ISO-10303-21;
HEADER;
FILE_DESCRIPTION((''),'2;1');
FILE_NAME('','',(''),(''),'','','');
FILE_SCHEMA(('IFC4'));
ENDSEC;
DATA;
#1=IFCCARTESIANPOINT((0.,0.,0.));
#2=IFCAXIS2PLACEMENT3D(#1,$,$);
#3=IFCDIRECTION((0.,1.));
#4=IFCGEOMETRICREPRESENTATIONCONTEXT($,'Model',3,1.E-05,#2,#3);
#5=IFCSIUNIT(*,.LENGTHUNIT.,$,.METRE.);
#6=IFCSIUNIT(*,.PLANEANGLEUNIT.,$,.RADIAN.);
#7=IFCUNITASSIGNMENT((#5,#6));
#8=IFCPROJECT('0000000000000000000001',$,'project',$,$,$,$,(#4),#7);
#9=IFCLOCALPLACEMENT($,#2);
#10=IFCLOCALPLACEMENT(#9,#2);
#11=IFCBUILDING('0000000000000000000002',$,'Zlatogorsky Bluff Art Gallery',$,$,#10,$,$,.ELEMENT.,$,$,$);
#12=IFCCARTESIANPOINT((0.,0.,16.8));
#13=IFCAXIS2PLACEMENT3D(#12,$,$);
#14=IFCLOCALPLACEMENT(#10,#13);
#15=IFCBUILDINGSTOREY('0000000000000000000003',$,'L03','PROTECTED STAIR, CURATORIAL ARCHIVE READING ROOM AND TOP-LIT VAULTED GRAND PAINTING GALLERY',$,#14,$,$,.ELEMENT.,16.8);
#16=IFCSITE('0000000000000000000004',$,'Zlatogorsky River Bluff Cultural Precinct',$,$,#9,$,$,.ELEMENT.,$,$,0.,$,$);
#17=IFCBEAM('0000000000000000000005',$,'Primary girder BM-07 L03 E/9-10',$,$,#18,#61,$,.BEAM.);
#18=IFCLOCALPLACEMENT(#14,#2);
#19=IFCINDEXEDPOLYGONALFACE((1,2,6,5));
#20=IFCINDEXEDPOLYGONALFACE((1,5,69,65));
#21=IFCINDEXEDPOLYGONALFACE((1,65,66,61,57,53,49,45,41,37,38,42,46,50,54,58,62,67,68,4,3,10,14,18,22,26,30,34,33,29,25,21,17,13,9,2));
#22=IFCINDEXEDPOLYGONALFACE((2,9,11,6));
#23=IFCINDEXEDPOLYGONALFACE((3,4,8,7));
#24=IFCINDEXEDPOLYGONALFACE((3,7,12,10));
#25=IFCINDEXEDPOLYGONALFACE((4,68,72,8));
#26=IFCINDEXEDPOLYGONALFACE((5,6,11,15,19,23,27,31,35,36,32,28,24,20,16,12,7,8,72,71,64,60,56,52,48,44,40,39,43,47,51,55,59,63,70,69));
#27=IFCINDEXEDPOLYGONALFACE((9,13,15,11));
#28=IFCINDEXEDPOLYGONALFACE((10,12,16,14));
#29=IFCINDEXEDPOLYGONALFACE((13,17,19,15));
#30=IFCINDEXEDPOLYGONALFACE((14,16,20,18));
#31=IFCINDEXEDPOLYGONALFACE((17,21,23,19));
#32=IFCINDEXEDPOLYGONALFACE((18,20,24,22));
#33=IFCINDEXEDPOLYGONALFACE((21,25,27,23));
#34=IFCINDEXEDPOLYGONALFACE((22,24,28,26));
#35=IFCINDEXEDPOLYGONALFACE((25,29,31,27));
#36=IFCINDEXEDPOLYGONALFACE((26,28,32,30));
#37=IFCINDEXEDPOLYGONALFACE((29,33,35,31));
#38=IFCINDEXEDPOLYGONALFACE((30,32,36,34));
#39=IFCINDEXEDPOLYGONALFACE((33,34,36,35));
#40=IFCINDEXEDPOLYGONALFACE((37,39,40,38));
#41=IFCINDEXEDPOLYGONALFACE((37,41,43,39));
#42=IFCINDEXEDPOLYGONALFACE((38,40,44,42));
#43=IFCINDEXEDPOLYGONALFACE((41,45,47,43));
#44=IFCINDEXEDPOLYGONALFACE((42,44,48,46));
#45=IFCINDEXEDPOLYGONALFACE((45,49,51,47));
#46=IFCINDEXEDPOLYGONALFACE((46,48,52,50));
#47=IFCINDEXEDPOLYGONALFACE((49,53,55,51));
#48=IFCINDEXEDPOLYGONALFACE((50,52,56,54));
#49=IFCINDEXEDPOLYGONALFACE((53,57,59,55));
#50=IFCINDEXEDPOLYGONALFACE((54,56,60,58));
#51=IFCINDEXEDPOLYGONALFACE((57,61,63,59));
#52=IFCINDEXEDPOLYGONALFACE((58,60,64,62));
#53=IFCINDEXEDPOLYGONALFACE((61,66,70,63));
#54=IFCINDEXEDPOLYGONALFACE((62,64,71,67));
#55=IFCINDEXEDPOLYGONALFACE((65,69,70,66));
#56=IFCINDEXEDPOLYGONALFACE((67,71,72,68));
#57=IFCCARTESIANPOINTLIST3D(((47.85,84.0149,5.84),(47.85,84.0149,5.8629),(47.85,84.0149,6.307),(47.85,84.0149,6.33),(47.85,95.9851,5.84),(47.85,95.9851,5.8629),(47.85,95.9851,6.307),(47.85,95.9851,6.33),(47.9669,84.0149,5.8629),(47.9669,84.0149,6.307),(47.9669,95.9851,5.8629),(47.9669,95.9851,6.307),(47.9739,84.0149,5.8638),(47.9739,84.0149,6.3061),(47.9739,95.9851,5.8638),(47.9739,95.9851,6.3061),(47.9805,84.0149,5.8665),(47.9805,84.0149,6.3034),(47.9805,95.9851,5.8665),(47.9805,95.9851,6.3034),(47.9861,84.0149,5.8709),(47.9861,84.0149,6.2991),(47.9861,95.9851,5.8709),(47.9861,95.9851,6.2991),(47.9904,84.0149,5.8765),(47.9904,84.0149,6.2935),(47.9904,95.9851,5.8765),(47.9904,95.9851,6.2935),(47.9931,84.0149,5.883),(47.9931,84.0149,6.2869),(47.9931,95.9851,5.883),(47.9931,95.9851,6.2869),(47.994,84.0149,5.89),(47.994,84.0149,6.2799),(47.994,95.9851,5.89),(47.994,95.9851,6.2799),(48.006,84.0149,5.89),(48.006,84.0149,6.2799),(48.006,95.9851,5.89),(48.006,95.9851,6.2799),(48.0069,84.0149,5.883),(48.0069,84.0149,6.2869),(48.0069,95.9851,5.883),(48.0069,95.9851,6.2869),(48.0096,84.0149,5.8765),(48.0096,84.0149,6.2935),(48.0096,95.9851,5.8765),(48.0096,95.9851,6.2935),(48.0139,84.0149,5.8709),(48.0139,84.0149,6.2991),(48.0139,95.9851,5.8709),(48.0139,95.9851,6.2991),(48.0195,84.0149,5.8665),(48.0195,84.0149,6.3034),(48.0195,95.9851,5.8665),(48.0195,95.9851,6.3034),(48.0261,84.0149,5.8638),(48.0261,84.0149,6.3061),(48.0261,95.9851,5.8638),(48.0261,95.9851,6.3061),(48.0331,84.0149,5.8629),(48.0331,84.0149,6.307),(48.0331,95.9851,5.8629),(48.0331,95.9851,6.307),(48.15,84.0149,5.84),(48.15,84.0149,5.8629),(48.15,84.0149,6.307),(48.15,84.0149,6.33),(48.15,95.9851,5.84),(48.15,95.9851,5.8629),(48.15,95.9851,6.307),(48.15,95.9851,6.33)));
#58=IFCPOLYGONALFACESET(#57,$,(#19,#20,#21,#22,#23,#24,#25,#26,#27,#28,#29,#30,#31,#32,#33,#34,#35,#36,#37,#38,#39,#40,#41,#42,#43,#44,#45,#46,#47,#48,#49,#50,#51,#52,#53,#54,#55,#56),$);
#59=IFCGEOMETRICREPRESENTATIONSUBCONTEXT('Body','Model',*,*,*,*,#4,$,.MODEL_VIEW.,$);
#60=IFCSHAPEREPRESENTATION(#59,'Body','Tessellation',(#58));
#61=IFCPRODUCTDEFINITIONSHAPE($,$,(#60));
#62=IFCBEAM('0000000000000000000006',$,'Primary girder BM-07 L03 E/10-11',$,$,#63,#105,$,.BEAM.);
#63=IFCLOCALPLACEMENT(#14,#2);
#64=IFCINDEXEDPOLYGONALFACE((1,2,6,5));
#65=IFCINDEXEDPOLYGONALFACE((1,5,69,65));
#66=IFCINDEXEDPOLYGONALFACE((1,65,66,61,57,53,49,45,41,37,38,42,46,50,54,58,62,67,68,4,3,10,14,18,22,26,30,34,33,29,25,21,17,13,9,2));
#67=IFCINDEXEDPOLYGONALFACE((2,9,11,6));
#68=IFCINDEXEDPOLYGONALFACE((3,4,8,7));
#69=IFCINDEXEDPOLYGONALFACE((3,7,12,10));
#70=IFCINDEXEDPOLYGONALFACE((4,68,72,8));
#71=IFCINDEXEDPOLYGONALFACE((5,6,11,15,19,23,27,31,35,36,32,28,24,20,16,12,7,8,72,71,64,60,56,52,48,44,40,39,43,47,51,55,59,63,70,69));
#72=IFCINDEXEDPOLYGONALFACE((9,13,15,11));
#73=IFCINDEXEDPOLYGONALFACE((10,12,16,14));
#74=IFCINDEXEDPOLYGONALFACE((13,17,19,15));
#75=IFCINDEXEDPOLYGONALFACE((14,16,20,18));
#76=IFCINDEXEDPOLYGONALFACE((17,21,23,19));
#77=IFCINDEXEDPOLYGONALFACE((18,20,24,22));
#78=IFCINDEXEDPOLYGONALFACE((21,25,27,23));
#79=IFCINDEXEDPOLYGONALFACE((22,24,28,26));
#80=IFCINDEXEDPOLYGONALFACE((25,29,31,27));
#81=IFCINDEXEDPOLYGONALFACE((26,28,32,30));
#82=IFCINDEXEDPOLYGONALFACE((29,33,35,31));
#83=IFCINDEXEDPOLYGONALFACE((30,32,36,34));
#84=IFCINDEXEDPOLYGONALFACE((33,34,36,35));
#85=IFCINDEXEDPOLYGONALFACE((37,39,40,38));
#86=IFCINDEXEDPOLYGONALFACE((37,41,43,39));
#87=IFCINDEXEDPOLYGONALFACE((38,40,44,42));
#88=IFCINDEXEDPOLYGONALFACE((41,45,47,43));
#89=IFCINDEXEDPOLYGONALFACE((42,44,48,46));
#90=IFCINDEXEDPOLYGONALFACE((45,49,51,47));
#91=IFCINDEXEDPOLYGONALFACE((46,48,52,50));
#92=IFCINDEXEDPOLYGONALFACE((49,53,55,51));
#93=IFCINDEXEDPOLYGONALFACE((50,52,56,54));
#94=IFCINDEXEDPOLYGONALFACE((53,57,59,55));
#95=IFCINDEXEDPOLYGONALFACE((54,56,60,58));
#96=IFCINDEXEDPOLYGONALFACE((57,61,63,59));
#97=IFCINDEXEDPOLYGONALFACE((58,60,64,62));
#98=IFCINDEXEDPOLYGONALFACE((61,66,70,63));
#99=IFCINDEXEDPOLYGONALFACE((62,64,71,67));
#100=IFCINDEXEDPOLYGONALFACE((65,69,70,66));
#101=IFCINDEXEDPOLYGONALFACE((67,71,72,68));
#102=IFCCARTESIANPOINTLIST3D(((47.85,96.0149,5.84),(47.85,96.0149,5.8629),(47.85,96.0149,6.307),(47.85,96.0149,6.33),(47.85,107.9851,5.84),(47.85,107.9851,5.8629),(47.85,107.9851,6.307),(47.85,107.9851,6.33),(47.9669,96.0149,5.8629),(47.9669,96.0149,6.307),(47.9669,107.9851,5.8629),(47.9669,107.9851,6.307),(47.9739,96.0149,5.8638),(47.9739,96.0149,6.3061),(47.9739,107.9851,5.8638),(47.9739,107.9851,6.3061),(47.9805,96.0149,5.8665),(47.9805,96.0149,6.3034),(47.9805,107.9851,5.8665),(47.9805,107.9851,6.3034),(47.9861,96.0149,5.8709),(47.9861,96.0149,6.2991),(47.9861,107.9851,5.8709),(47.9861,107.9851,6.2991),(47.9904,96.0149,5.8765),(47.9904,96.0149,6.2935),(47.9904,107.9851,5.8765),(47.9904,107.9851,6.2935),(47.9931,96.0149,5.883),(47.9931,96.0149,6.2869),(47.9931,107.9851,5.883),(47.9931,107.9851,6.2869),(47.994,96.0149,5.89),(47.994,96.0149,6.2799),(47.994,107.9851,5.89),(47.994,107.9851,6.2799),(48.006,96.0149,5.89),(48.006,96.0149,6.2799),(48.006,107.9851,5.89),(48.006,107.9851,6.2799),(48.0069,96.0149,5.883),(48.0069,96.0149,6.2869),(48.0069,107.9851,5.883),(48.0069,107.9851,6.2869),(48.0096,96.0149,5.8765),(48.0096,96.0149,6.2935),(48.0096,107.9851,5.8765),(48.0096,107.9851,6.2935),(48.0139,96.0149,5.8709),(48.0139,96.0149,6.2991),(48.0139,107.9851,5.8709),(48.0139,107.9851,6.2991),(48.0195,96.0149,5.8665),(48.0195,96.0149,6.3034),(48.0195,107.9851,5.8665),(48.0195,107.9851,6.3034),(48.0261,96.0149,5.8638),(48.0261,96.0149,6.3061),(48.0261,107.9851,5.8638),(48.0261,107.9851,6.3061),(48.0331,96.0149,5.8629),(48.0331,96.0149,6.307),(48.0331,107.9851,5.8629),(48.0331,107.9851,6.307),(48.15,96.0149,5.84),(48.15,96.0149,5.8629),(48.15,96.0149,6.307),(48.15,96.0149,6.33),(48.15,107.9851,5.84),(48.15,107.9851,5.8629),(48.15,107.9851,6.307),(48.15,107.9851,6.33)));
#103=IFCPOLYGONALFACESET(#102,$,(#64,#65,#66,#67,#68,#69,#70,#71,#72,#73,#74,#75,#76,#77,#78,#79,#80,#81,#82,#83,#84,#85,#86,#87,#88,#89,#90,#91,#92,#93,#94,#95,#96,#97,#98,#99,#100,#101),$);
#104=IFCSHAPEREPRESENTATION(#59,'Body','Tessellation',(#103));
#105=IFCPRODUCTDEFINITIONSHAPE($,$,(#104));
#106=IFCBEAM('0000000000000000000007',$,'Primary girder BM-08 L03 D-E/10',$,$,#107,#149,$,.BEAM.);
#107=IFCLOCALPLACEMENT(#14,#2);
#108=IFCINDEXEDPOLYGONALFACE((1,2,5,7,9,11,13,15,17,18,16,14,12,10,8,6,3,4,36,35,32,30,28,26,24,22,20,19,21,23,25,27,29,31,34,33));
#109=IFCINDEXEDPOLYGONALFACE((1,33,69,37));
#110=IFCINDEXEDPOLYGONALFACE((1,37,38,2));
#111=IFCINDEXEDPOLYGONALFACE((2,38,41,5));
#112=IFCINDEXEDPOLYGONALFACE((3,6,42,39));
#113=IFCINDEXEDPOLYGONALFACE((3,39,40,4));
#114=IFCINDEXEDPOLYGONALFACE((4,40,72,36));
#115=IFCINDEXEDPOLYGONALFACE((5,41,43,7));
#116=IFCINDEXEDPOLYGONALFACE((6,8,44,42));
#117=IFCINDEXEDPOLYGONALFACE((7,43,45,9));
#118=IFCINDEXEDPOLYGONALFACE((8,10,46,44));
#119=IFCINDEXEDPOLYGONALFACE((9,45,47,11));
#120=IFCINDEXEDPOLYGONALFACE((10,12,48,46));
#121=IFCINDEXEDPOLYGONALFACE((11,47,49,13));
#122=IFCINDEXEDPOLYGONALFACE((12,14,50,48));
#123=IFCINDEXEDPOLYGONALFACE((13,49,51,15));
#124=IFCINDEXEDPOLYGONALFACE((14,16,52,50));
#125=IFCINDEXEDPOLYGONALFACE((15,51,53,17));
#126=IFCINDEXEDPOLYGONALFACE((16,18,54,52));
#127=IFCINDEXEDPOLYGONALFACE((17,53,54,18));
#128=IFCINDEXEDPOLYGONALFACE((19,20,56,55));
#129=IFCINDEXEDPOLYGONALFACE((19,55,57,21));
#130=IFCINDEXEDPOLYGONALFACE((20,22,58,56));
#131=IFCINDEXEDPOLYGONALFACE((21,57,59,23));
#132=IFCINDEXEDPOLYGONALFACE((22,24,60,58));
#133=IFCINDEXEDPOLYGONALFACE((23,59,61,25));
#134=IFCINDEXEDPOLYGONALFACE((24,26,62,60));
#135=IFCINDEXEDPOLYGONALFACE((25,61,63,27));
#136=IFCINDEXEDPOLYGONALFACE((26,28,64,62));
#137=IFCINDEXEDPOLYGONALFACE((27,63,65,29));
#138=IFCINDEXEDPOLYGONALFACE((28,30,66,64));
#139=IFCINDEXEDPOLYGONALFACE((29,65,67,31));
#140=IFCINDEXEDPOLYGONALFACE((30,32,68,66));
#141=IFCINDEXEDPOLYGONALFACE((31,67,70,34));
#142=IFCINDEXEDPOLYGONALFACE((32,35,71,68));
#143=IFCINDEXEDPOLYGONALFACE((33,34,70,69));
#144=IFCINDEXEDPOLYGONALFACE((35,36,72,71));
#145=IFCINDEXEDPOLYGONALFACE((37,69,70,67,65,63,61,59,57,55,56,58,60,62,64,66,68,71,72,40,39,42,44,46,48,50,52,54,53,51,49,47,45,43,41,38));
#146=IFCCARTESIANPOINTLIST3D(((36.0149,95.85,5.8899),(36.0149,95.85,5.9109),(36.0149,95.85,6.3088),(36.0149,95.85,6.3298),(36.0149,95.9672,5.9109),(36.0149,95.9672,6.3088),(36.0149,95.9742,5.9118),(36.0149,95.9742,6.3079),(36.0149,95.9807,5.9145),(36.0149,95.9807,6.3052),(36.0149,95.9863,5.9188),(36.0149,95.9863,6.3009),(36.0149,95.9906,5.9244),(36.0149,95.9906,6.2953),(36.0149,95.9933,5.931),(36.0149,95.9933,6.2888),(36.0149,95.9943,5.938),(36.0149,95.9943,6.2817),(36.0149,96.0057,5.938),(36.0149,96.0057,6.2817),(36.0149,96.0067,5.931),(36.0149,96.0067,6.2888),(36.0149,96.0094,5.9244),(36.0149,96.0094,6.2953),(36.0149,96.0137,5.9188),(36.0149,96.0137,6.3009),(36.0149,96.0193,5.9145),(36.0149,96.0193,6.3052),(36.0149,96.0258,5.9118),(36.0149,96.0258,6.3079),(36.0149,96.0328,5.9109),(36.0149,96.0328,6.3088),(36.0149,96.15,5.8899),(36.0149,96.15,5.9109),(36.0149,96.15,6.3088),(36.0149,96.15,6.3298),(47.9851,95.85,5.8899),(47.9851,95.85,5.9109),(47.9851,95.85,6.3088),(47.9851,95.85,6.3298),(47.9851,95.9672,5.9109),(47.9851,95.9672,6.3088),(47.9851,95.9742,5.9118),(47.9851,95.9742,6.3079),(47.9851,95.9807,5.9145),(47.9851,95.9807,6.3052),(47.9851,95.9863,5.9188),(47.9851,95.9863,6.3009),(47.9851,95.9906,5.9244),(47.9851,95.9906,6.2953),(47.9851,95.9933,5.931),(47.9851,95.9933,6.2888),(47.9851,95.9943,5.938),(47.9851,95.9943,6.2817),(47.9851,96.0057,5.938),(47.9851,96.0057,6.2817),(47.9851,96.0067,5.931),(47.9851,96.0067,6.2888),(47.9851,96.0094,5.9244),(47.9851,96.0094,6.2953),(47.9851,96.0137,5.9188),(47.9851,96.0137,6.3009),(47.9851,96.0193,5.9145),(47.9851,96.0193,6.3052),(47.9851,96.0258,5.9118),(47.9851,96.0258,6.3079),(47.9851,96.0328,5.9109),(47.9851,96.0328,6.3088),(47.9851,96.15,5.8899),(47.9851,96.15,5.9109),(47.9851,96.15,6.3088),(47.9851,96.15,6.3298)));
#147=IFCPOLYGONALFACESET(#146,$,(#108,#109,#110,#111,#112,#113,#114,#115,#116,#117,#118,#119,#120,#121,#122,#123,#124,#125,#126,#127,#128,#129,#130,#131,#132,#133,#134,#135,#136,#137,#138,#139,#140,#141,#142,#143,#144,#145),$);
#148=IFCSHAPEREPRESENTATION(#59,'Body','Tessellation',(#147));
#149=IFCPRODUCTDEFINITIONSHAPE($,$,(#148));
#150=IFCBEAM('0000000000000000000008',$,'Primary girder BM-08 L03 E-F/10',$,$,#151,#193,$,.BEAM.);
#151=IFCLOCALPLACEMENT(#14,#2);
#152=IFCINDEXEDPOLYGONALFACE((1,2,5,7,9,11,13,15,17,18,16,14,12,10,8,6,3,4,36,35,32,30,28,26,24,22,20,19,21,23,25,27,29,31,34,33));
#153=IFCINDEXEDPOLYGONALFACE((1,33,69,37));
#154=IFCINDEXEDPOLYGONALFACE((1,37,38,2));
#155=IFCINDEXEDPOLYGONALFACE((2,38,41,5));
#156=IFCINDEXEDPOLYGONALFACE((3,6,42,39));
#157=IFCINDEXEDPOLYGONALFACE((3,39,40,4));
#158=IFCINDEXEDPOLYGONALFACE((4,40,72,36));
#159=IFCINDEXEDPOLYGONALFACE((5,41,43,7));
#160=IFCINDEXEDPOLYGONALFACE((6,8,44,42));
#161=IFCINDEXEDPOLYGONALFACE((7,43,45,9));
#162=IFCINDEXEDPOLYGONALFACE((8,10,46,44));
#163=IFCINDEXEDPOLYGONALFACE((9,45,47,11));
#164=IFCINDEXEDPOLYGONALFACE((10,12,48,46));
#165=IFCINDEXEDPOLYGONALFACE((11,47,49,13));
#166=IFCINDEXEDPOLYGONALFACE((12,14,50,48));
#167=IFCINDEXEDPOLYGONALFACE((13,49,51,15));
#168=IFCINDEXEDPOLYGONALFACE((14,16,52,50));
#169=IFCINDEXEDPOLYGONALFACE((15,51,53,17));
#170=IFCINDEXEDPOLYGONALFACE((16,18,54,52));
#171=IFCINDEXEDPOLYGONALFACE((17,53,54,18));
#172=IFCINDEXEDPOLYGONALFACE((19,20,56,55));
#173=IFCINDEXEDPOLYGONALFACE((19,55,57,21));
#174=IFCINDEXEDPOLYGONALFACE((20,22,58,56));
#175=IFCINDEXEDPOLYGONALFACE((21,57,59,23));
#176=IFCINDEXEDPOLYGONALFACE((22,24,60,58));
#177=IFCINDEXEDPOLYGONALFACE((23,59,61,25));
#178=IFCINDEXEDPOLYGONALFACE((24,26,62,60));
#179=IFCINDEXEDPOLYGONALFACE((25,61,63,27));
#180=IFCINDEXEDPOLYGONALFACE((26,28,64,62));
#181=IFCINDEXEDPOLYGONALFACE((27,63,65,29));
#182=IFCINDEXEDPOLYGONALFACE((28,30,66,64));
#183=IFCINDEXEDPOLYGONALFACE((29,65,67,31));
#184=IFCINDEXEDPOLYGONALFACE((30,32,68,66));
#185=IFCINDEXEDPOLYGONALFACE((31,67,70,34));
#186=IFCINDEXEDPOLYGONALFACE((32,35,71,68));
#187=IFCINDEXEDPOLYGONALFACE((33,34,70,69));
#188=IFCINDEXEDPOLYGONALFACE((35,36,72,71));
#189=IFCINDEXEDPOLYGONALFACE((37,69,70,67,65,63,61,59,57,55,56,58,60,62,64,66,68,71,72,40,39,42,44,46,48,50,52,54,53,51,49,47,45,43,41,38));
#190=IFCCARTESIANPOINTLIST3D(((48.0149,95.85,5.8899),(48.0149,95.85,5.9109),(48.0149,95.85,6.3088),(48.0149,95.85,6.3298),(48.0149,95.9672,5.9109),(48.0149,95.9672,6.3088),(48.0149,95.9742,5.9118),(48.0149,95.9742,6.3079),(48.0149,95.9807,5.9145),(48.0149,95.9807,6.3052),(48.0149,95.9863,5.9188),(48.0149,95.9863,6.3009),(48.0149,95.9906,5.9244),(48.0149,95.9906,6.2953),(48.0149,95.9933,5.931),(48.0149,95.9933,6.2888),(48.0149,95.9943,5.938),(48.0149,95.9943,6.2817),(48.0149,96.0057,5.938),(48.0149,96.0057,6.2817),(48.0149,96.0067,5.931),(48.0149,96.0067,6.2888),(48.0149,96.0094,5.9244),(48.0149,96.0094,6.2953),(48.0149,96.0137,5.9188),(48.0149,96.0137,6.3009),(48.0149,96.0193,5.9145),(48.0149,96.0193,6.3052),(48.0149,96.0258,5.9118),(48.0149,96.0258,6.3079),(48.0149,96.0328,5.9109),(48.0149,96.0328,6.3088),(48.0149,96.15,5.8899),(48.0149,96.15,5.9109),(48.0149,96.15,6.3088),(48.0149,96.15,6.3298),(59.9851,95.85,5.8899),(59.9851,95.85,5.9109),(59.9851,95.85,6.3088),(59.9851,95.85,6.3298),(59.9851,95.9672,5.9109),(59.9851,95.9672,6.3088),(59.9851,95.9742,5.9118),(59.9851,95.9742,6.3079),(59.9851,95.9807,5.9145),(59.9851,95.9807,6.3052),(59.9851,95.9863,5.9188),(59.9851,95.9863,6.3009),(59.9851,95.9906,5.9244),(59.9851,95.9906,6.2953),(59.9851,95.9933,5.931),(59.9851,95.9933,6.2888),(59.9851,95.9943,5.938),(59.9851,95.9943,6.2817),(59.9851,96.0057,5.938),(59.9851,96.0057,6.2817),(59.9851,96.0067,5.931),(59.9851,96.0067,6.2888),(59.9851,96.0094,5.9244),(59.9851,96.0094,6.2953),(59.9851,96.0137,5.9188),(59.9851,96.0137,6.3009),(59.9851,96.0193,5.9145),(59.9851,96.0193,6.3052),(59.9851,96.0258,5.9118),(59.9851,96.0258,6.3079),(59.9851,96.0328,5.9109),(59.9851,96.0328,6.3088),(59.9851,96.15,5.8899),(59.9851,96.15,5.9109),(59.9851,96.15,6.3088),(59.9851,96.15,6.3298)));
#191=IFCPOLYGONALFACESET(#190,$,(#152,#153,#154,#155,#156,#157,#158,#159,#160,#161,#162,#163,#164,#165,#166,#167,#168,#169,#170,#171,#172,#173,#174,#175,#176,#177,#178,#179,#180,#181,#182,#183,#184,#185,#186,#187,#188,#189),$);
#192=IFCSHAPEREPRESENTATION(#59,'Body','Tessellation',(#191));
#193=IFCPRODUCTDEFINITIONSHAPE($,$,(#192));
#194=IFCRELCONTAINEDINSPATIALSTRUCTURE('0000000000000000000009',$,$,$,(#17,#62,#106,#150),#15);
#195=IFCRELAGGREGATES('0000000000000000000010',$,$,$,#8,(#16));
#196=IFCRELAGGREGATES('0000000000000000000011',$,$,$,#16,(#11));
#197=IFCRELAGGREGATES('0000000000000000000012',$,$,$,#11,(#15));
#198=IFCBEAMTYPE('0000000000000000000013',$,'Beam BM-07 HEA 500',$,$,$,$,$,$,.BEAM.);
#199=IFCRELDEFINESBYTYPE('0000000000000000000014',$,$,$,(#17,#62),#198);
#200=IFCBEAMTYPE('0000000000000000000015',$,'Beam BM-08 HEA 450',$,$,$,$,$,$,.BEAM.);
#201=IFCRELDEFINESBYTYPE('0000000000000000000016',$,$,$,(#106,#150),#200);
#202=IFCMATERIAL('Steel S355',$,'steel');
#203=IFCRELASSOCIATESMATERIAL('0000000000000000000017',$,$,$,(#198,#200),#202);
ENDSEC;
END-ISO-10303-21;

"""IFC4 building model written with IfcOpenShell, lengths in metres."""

from ifc_helpers import new_model, si_unit, direction, frame, origin, origin_2d, place, context, subcontext, project, spatial, i_section, extrude, material, material_profile, profile_set, type_object, element, save


model = new_model("IFC4")

# Units and contexts
model_context = context("Model", 3, precision=1e-05, world=origin(), true_north=direction((0.0, 1.0)))
body_context = subcontext(model_context, "Body", "Model", "MODEL_VIEW")
ifc_project = project(units=[si_unit("LENGTHUNIT", "METRE"), si_unit("PLANEANGLEUNIT", "RADIAN")], contexts=[model_context])

# Site, building, storey
site_placement = place(None, origin())
site = spatial("IfcSite", under=ifc_project, at=site_placement, Name="Zlatogorsky River Bluff Cultural Precinct", CompositionType="ELEMENT", RefElevation=0.0)
building_placement = place(site_placement, origin())
building = spatial("IfcBuilding", under=site, at=building_placement, Name="Zlatogorsky Bluff Art Gallery", CompositionType="ELEMENT")
storey_placement = place(building_placement, frame((0.0, 0.0, 16.8)))
storey = spatial("IfcBuildingStorey", under=building, at=storey_placement, Name="L03", Description="PROTECTED STAIR, CURATORIAL ARCHIVE READING ROOM AND TOP-LIT VAULTED GRAND PAINTING GALLERY", CompositionType="ELEMENT", Elevation=16.8)

# Shared definitions
ifc_material_1 = material(Name="Steel S355", Category="steel")

# Beams
ifc_material_profile_1 = material_profile(ifc_material_1, i_section(OverallWidth=0.3, OverallDepth=0.49, WebThickness=0.012, FlangeThickness=0.0229, FilletRadius=0.0271, at=origin_2d()), Name="HEA 500")
ifc_profile_set_1 = profile_set([ifc_material_profile_1], Name="Steel S355")
beam_type_1 = type_object("IfcBeamType", Name="Beam BM-07 HEA 500", PredefinedType="BEAM", material=ifc_profile_set_1)
for number, where, z_axis, x_axis, name in (
    (1, (48.0, 84.0149, 6.085), (0.0, 1.0, 0.0), (-1.0, 0.0, 0.0), "Primary girder BM-07 L03 E/9-10"),
    (2, (48.0, 96.0149, 6.085), (0.0, 1.0, 0.0), (-1.0, 0.0, 0.0), "Primary girder BM-07 L03 E/10-11"),
):
    element("IfcBeam", number, at=place(storey_placement, frame(where, z_axis=z_axis, x_axis=x_axis)), inside=storey, type_object=beam_type_1, Name=name, PredefinedType="BEAM", context=body_context, shape_type="SweptSolid", body=[
        extrude(i_section(OverallWidth=0.3, OverallDepth=0.49, WebThickness=0.012, FlangeThickness=0.0229, FilletRadius=0.0271, at=origin_2d()), origin(), (0.0, 0.0, 1.0), 11.9702),
    ])
ifc_material_profile_2 = material_profile(ifc_material_1, i_section(OverallWidth=0.3, OverallDepth=0.4399, WebThickness=0.0115, FlangeThickness=0.021, FilletRadius=0.0271, at=origin_2d()), Name="HEA 450")
ifc_profile_set_2 = profile_set([ifc_material_profile_2], Name="Steel S355")
beam_type_2 = type_object("IfcBeamType", Name="Beam BM-08 HEA 450", PredefinedType="BEAM", material=ifc_profile_set_2)
for number, where, z_axis, x_axis, name in (
    (3, (36.0149, 96.0, 6.1099), (1.0, 0.0, 0.0), (0.0, 1.0, 0.0), "Primary girder BM-08 L03 D-E/10"),
    (4, (48.0149, 96.0, 6.1099), (1.0, 0.0, 0.0), (0.0, 1.0, 0.0), "Primary girder BM-08 L03 E-F/10"),
):
    element("IfcBeam", number, at=place(storey_placement, frame(where, z_axis=z_axis, x_axis=x_axis)), inside=storey, type_object=beam_type_2, Name=name, PredefinedType="BEAM", context=body_context, shape_type="SweptSolid", body=[
        extrude(i_section(OverallWidth=0.3, OverallDepth=0.4399, WebThickness=0.0115, FlangeThickness=0.021, FilletRadius=0.0271, at=origin_2d()), origin(), (0.0, 0.0, 1.0), 11.9702),
    ])

save(model, "model.ifc")
